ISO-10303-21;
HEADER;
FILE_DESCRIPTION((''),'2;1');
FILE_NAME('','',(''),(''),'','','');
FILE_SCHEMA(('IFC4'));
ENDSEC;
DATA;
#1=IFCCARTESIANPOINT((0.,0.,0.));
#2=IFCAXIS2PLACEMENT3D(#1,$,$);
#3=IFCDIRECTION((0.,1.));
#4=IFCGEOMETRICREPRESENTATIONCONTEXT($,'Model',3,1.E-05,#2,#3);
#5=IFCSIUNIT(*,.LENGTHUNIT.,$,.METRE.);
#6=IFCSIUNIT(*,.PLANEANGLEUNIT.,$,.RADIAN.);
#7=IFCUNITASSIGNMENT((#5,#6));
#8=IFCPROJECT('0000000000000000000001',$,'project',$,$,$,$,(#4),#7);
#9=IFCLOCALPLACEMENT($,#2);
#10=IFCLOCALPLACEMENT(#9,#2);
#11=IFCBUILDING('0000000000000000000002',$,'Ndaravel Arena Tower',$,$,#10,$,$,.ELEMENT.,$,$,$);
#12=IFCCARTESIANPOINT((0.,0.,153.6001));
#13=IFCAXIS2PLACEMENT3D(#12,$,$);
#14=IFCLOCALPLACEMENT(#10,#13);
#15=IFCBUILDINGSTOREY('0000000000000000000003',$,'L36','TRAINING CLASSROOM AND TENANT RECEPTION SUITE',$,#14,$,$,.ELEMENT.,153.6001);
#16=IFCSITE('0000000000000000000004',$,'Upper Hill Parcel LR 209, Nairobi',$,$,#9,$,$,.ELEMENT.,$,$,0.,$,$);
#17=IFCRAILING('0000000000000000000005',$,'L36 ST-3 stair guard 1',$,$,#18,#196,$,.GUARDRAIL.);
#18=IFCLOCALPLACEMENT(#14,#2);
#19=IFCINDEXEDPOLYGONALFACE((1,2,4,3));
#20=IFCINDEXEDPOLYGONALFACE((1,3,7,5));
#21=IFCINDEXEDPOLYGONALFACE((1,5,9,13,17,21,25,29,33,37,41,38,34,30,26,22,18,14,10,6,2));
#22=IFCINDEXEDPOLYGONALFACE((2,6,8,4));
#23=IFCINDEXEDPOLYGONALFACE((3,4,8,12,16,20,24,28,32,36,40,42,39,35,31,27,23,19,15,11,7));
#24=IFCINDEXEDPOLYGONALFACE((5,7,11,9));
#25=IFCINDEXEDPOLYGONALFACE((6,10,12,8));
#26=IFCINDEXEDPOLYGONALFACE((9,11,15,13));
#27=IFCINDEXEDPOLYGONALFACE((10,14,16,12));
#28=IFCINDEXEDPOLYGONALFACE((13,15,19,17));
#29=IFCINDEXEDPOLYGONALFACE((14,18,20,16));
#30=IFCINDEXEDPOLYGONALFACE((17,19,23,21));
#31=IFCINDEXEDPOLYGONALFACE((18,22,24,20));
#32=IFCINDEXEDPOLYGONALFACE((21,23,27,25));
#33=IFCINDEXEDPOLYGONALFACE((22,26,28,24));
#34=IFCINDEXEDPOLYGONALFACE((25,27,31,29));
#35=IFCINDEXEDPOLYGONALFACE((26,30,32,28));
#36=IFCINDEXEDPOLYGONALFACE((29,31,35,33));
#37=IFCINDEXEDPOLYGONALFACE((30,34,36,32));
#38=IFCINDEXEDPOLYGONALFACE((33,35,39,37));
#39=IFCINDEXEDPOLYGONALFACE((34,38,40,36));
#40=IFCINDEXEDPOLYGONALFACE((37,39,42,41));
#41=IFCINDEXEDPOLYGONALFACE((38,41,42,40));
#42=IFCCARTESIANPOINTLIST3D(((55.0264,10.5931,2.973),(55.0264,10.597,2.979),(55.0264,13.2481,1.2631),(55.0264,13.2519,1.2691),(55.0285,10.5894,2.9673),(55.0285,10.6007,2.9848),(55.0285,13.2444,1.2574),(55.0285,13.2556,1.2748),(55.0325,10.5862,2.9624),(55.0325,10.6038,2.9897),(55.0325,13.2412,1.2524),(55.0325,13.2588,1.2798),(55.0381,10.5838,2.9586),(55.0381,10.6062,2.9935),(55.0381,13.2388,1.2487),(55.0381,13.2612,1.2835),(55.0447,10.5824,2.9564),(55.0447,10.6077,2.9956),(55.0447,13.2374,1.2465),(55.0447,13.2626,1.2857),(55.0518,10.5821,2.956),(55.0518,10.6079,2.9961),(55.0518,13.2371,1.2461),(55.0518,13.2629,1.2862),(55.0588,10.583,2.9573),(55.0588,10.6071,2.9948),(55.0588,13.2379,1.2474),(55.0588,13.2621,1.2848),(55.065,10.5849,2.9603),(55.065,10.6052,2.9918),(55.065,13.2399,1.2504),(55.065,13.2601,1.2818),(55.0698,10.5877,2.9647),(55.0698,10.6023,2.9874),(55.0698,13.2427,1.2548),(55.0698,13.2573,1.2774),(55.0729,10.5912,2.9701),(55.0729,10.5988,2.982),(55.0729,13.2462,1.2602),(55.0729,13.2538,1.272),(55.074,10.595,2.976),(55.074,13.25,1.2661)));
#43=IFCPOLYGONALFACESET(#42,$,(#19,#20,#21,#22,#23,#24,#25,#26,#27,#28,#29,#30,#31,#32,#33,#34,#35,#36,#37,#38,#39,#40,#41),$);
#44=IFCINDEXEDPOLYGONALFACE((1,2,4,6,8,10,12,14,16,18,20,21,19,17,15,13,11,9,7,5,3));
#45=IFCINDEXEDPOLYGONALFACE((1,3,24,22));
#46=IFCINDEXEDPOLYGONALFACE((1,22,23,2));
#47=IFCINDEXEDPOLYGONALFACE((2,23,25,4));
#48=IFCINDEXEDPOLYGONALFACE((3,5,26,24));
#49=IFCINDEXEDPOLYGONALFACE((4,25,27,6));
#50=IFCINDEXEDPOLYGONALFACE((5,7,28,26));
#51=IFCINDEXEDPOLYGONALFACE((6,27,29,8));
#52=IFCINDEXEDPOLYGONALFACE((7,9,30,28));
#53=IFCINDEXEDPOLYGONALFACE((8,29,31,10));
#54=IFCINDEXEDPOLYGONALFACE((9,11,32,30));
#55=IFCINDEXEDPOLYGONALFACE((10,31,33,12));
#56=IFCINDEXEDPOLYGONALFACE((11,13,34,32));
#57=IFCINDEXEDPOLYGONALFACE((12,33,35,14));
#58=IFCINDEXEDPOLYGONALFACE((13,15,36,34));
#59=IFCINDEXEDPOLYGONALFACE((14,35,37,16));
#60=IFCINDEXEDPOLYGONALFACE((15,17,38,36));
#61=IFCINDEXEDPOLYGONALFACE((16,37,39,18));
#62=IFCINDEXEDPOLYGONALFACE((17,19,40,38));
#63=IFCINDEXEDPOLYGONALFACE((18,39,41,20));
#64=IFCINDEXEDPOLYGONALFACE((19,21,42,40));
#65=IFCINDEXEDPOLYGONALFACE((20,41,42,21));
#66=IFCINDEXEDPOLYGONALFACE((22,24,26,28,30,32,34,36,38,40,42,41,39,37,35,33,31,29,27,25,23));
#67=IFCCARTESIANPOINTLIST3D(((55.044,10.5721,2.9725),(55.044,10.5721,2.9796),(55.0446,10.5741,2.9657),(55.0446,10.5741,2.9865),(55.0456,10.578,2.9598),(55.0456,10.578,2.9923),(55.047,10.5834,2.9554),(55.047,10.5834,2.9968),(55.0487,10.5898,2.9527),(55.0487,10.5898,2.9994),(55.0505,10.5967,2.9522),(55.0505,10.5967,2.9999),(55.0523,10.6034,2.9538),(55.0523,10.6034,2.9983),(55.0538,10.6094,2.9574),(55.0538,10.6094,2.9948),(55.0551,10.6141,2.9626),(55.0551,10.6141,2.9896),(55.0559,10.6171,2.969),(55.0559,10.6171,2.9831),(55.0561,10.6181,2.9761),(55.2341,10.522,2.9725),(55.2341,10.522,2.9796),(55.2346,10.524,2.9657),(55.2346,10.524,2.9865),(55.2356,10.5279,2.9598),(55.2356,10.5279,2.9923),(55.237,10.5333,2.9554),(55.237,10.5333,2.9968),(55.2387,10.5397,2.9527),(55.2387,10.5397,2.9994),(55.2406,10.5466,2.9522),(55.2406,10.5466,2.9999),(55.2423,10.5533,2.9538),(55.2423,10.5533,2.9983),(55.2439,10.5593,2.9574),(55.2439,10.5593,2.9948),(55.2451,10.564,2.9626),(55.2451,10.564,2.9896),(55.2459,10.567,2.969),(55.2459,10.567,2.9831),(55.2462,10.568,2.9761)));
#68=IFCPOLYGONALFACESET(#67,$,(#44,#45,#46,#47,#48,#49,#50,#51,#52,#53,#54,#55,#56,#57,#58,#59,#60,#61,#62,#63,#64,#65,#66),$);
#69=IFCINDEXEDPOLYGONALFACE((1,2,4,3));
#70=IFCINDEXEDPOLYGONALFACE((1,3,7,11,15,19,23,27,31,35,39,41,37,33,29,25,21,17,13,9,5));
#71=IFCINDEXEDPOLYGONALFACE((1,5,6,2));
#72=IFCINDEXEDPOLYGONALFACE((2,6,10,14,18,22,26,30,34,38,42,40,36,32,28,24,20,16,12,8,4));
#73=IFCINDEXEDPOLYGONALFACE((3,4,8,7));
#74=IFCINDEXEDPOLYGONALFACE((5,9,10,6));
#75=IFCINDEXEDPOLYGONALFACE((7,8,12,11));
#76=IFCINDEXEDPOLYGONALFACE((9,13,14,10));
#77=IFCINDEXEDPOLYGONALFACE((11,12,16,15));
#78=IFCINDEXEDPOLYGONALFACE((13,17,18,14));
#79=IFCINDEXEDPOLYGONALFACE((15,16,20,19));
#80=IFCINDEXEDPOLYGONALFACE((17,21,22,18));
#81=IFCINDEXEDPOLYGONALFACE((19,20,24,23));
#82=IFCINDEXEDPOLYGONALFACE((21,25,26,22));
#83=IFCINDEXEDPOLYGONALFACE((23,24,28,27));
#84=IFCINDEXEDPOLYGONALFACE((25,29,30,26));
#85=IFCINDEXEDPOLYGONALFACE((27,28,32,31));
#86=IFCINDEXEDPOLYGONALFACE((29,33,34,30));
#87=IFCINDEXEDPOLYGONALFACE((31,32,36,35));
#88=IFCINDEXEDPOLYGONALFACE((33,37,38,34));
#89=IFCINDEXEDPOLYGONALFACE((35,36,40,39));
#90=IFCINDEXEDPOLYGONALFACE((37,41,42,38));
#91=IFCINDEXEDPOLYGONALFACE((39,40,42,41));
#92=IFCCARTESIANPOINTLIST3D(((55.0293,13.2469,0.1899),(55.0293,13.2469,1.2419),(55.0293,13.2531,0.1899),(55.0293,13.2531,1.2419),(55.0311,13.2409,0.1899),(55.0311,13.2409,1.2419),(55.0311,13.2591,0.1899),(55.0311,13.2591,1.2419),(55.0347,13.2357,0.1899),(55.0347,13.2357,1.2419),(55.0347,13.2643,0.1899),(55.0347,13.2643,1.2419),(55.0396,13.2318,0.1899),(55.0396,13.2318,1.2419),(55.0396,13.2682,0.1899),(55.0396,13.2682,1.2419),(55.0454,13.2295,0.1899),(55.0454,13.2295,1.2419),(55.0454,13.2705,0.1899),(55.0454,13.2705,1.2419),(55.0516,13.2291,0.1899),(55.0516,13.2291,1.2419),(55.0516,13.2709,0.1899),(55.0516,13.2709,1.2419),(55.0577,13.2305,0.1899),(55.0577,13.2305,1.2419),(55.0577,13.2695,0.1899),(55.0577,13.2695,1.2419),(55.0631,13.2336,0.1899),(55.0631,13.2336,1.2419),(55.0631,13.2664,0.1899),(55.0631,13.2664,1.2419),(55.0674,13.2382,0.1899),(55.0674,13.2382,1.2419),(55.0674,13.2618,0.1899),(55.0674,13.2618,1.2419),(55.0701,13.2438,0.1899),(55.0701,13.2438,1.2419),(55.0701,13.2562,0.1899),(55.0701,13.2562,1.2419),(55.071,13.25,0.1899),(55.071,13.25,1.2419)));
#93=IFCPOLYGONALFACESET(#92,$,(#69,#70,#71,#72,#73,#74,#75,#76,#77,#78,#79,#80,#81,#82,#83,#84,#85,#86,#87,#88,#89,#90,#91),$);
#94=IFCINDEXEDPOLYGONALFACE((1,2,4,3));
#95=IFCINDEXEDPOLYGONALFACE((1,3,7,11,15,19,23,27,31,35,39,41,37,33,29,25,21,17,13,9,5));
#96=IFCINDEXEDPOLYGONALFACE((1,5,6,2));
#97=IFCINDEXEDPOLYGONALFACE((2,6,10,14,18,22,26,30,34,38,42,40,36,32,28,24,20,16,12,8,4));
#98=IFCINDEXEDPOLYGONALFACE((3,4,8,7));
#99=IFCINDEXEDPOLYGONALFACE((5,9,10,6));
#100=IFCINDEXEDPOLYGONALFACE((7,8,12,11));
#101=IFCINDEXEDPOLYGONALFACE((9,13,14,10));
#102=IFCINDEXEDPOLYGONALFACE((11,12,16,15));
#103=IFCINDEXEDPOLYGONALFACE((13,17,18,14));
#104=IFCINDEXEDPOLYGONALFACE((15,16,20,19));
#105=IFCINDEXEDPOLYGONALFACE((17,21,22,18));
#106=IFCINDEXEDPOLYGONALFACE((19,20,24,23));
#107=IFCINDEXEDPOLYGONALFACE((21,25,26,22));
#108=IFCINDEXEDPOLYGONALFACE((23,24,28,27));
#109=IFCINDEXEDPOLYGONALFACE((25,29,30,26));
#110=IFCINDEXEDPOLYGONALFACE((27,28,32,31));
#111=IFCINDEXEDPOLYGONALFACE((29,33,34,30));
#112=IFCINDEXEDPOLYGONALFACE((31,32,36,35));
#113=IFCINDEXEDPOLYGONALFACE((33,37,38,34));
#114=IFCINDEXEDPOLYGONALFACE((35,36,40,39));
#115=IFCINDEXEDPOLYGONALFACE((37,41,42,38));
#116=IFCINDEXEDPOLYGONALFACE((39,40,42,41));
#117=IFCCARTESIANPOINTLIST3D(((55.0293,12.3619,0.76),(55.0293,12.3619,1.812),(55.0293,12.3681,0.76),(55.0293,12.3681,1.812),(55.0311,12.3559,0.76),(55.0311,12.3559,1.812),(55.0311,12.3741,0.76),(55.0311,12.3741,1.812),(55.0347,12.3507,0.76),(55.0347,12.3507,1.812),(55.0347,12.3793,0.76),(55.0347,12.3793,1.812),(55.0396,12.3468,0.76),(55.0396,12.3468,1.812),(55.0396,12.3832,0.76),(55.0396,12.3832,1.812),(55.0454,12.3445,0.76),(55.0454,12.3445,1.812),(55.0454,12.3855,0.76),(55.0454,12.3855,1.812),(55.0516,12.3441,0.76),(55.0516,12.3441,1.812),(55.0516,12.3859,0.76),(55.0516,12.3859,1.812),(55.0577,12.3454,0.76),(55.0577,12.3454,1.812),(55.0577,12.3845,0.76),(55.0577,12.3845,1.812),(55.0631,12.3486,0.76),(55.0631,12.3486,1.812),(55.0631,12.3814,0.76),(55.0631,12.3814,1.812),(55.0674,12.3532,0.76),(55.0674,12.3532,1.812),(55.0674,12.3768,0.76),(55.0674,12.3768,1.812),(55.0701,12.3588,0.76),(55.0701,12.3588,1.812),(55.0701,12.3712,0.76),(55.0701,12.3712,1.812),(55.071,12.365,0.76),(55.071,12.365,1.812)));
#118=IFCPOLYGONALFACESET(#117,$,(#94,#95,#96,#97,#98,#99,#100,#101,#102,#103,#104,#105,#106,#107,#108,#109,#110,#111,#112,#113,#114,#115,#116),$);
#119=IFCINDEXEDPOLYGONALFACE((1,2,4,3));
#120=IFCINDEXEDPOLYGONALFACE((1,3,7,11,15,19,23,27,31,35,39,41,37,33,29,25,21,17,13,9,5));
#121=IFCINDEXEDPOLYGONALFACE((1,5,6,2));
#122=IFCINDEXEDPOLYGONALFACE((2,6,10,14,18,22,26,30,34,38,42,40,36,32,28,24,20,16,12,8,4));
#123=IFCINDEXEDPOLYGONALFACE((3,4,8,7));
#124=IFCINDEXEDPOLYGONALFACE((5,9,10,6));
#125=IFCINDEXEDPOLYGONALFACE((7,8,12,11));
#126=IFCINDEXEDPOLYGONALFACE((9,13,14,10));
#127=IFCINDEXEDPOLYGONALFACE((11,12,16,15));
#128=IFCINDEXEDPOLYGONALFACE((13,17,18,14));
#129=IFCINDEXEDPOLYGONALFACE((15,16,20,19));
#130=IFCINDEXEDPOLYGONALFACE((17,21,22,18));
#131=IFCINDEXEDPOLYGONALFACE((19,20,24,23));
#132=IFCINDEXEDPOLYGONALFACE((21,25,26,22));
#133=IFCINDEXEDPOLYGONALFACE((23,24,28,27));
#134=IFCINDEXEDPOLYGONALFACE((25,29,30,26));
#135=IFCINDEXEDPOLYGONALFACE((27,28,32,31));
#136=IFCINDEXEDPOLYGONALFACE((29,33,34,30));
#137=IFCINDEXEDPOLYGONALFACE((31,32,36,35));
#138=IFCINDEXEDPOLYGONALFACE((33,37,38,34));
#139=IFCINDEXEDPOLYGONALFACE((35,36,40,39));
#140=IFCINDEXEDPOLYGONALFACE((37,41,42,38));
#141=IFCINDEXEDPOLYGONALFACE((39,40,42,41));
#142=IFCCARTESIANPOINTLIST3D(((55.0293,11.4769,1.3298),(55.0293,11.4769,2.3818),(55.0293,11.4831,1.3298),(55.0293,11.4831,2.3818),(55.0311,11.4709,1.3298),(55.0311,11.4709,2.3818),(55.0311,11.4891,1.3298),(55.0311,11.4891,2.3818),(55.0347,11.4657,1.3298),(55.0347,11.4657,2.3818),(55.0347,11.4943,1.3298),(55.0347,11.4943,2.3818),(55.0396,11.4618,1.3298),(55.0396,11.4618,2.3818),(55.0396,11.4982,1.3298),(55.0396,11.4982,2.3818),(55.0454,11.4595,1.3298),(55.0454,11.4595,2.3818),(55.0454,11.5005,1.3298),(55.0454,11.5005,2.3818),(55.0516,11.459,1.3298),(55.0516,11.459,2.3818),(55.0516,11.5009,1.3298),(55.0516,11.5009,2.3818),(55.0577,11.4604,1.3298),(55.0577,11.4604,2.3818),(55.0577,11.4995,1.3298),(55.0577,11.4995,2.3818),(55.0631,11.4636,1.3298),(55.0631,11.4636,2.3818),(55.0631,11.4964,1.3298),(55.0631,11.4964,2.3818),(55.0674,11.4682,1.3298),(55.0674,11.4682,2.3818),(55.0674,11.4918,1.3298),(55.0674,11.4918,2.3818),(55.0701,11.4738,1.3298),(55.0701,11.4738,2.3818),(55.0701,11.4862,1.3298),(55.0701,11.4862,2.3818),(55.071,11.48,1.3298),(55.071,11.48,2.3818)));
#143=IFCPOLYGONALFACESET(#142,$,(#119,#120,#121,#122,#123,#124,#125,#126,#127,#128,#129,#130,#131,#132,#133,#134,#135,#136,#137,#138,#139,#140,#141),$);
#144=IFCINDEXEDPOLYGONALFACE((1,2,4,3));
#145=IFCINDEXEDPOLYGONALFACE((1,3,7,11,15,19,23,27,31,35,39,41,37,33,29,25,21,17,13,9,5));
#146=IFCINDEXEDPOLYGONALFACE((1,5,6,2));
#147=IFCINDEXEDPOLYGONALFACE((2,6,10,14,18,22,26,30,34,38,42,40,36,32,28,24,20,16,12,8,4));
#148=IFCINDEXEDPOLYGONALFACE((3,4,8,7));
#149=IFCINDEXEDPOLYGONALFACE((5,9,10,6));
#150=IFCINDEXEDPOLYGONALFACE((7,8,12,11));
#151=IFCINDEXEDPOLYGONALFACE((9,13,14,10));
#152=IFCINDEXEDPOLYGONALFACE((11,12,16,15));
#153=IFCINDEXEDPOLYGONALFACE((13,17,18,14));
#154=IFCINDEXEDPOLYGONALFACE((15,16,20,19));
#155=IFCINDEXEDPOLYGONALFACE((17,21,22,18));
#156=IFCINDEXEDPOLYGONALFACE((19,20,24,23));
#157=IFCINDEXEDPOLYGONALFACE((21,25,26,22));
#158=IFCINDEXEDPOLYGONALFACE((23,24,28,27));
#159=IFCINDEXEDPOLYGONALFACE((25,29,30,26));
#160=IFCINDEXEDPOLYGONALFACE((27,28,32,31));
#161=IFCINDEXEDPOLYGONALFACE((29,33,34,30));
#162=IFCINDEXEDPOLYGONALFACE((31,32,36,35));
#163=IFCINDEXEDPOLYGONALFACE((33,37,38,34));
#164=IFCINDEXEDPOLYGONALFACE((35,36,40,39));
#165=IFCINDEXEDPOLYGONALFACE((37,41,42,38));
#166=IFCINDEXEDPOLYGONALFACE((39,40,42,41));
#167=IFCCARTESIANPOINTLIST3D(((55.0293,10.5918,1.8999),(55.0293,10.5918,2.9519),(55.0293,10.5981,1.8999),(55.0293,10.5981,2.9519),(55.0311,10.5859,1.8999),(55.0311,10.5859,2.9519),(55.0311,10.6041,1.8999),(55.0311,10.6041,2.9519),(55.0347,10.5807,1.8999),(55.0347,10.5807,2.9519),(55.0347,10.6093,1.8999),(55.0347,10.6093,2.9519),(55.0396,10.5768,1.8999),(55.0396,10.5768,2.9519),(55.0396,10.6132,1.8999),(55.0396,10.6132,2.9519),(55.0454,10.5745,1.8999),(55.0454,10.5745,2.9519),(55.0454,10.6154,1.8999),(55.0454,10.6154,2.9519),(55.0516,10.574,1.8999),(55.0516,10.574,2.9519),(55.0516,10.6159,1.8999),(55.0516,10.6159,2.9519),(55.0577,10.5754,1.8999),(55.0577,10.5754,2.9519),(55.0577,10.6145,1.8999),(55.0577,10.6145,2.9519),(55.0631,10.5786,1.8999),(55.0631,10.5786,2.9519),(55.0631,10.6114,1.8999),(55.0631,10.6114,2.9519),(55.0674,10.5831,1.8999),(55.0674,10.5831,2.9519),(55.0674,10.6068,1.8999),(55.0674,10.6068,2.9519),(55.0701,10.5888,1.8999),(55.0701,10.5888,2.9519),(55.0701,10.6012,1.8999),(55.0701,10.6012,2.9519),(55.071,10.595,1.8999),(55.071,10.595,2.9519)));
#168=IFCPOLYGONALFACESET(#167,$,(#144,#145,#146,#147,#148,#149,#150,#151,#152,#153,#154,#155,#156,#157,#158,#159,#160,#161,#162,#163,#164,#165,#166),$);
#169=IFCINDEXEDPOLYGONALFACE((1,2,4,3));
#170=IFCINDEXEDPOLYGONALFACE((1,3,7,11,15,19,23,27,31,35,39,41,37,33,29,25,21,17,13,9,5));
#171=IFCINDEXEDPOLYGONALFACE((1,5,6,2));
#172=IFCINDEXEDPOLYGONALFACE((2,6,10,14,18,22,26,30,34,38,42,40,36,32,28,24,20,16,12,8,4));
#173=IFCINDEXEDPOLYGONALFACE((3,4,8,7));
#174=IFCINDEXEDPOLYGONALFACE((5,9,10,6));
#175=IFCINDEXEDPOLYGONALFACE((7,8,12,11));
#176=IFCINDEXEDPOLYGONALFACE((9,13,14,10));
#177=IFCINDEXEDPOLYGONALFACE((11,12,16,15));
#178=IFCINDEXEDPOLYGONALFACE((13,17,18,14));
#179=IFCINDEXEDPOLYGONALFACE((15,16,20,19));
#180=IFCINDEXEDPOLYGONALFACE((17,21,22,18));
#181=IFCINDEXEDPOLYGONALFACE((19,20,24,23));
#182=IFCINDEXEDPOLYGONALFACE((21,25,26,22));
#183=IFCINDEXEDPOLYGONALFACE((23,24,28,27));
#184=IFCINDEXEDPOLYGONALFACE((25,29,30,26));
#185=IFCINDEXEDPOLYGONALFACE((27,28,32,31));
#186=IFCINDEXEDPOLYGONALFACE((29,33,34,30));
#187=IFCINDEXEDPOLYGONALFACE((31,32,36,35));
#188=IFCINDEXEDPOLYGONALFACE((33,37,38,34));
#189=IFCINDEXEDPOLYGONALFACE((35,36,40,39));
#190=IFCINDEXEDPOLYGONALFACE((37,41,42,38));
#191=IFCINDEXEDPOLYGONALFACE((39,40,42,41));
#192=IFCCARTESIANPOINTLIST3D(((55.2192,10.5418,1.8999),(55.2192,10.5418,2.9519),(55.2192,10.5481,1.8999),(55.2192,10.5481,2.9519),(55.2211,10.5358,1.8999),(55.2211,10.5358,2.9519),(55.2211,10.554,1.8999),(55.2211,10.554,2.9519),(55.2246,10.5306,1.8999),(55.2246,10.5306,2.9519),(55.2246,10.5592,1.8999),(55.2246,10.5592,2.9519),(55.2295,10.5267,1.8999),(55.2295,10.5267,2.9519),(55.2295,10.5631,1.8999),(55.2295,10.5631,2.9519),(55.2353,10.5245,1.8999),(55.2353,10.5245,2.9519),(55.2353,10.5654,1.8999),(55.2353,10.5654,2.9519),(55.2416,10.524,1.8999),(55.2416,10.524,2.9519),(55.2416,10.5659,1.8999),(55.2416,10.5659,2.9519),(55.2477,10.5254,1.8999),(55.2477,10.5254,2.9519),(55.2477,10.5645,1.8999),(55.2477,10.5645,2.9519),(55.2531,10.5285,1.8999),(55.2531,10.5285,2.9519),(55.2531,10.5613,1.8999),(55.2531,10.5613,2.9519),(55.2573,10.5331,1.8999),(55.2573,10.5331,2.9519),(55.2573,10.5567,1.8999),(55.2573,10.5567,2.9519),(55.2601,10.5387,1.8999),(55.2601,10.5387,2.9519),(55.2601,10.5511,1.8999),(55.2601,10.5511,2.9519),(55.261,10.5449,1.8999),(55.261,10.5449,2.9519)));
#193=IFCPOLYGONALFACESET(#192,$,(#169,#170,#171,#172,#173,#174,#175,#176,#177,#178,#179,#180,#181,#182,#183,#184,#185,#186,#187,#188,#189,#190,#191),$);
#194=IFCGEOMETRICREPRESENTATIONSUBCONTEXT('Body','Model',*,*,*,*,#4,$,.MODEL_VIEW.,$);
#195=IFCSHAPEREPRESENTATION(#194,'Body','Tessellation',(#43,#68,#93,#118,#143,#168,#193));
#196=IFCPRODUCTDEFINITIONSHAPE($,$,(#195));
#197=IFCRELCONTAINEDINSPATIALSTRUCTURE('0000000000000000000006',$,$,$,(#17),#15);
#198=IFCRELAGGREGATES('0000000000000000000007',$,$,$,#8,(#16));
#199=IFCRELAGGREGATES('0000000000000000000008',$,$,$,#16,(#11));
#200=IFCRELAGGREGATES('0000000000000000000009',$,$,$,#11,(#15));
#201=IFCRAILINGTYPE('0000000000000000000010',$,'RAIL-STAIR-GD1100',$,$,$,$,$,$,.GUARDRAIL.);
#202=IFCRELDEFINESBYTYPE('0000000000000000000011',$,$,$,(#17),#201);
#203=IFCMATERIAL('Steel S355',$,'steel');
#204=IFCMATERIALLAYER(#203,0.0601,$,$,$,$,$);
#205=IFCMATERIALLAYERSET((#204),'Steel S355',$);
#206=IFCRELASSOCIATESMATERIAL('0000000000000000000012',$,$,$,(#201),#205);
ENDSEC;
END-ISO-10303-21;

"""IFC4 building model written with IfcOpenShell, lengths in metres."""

from ifc_helpers import new_model, si_unit, direction, frame, origin, origin_2d, place, context, subcontext, project, spatial, circle, extrude, material, layer, layer_set, type_object, element, save


model = new_model("IFC4")

# Units and contexts
model_context = context("Model", 3, precision=1e-05, world=origin(), true_north=direction((0.0, 1.0)))
body_context = subcontext(model_context, "Body", "Model", "MODEL_VIEW")
ifc_project = project(units=[si_unit("LENGTHUNIT", "METRE"), si_unit("PLANEANGLEUNIT", "RADIAN")], contexts=[model_context])

# Site, building, storey
site_placement = place(None, origin())
site = spatial("IfcSite", under=ifc_project, at=site_placement, Name="Upper Hill Parcel LR 209, Nairobi", CompositionType="ELEMENT", RefElevation=0.0)
building_placement = place(site_placement, origin())
building = spatial("IfcBuilding", under=site, at=building_placement, Name="Ndaravel Arena Tower", CompositionType="ELEMENT")
storey_placement = place(building_placement, frame((0.0, 0.0, 153.6001)))
storey = spatial("IfcBuildingStorey", under=building, at=storey_placement, Name="L36", Description="TRAINING CLASSROOM AND TENANT RECEPTION SUITE", CompositionType="ELEMENT", Elevation=153.6001)

# Railing
ifc_material_1 = material(Name="Steel S355", Category="steel")
ifc_layer_1 = layer(ifc_material_1, 0.0601)
ifc_layer_set_1 = layer_set([ifc_layer_1], Name="Steel S355")
railing_type_1 = type_object("IfcRailingType", Name="RAIL-STAIR-GD1100", PredefinedType="GUARDRAIL", material=ifc_layer_set_1)
railing_1_placement = place(storey_placement, frame((55.05, 13.25, 0.1899)))
element("IfcRailing", 1, at=railing_1_placement, inside=storey, type_object=railing_type_1, Name="L36 ST-3 stair guard 1", PredefinedType="GUARDRAIL", context=body_context, shape_type="SweptSolid", body=[
    extrude(circle(Radius=0.0239, at=origin_2d()), frame((0.0, 0.0, 1.0762), z_axis=(0.0, -0.840724, 0.541465), x_axis=(1.0, 0.0, 0.0)), (0.0, 0.0, 1.0), 3.158),
    extrude(circle(Radius=0.0239, at=origin_2d()), frame((0.0, -2.655, 2.7861), z_axis=(0.966994, -0.254799, 0.0), x_axis=(0.254799, 0.966994, 0.0)), (0.0, 0.0, 1.0), 0.1965),
    extrude(circle(Radius=0.021, at=origin_2d()), origin(), (0.0, 0.0, 1.0), 1.052),
    extrude(circle(Radius=0.021, at=origin_2d()), frame((0.0, -0.885, 0.5701)), (0.0, 0.0, 1.0), 1.052),
    extrude(circle(Radius=0.021, at=origin_2d()), frame((0.0, -1.77, 1.1399)), (0.0, 0.0, 1.0), 1.052),
    extrude(circle(Radius=0.021, at=origin_2d()), frame((0.0, -2.655, 1.71)), (0.0, 0.0, 1.0), 1.052),
    extrude(circle(Radius=0.021, at=origin_2d()), frame((0.1899, -2.7051, 1.71)), (0.0, 0.0, 1.0), 1.052),
])

save(model, "model.ifc")
